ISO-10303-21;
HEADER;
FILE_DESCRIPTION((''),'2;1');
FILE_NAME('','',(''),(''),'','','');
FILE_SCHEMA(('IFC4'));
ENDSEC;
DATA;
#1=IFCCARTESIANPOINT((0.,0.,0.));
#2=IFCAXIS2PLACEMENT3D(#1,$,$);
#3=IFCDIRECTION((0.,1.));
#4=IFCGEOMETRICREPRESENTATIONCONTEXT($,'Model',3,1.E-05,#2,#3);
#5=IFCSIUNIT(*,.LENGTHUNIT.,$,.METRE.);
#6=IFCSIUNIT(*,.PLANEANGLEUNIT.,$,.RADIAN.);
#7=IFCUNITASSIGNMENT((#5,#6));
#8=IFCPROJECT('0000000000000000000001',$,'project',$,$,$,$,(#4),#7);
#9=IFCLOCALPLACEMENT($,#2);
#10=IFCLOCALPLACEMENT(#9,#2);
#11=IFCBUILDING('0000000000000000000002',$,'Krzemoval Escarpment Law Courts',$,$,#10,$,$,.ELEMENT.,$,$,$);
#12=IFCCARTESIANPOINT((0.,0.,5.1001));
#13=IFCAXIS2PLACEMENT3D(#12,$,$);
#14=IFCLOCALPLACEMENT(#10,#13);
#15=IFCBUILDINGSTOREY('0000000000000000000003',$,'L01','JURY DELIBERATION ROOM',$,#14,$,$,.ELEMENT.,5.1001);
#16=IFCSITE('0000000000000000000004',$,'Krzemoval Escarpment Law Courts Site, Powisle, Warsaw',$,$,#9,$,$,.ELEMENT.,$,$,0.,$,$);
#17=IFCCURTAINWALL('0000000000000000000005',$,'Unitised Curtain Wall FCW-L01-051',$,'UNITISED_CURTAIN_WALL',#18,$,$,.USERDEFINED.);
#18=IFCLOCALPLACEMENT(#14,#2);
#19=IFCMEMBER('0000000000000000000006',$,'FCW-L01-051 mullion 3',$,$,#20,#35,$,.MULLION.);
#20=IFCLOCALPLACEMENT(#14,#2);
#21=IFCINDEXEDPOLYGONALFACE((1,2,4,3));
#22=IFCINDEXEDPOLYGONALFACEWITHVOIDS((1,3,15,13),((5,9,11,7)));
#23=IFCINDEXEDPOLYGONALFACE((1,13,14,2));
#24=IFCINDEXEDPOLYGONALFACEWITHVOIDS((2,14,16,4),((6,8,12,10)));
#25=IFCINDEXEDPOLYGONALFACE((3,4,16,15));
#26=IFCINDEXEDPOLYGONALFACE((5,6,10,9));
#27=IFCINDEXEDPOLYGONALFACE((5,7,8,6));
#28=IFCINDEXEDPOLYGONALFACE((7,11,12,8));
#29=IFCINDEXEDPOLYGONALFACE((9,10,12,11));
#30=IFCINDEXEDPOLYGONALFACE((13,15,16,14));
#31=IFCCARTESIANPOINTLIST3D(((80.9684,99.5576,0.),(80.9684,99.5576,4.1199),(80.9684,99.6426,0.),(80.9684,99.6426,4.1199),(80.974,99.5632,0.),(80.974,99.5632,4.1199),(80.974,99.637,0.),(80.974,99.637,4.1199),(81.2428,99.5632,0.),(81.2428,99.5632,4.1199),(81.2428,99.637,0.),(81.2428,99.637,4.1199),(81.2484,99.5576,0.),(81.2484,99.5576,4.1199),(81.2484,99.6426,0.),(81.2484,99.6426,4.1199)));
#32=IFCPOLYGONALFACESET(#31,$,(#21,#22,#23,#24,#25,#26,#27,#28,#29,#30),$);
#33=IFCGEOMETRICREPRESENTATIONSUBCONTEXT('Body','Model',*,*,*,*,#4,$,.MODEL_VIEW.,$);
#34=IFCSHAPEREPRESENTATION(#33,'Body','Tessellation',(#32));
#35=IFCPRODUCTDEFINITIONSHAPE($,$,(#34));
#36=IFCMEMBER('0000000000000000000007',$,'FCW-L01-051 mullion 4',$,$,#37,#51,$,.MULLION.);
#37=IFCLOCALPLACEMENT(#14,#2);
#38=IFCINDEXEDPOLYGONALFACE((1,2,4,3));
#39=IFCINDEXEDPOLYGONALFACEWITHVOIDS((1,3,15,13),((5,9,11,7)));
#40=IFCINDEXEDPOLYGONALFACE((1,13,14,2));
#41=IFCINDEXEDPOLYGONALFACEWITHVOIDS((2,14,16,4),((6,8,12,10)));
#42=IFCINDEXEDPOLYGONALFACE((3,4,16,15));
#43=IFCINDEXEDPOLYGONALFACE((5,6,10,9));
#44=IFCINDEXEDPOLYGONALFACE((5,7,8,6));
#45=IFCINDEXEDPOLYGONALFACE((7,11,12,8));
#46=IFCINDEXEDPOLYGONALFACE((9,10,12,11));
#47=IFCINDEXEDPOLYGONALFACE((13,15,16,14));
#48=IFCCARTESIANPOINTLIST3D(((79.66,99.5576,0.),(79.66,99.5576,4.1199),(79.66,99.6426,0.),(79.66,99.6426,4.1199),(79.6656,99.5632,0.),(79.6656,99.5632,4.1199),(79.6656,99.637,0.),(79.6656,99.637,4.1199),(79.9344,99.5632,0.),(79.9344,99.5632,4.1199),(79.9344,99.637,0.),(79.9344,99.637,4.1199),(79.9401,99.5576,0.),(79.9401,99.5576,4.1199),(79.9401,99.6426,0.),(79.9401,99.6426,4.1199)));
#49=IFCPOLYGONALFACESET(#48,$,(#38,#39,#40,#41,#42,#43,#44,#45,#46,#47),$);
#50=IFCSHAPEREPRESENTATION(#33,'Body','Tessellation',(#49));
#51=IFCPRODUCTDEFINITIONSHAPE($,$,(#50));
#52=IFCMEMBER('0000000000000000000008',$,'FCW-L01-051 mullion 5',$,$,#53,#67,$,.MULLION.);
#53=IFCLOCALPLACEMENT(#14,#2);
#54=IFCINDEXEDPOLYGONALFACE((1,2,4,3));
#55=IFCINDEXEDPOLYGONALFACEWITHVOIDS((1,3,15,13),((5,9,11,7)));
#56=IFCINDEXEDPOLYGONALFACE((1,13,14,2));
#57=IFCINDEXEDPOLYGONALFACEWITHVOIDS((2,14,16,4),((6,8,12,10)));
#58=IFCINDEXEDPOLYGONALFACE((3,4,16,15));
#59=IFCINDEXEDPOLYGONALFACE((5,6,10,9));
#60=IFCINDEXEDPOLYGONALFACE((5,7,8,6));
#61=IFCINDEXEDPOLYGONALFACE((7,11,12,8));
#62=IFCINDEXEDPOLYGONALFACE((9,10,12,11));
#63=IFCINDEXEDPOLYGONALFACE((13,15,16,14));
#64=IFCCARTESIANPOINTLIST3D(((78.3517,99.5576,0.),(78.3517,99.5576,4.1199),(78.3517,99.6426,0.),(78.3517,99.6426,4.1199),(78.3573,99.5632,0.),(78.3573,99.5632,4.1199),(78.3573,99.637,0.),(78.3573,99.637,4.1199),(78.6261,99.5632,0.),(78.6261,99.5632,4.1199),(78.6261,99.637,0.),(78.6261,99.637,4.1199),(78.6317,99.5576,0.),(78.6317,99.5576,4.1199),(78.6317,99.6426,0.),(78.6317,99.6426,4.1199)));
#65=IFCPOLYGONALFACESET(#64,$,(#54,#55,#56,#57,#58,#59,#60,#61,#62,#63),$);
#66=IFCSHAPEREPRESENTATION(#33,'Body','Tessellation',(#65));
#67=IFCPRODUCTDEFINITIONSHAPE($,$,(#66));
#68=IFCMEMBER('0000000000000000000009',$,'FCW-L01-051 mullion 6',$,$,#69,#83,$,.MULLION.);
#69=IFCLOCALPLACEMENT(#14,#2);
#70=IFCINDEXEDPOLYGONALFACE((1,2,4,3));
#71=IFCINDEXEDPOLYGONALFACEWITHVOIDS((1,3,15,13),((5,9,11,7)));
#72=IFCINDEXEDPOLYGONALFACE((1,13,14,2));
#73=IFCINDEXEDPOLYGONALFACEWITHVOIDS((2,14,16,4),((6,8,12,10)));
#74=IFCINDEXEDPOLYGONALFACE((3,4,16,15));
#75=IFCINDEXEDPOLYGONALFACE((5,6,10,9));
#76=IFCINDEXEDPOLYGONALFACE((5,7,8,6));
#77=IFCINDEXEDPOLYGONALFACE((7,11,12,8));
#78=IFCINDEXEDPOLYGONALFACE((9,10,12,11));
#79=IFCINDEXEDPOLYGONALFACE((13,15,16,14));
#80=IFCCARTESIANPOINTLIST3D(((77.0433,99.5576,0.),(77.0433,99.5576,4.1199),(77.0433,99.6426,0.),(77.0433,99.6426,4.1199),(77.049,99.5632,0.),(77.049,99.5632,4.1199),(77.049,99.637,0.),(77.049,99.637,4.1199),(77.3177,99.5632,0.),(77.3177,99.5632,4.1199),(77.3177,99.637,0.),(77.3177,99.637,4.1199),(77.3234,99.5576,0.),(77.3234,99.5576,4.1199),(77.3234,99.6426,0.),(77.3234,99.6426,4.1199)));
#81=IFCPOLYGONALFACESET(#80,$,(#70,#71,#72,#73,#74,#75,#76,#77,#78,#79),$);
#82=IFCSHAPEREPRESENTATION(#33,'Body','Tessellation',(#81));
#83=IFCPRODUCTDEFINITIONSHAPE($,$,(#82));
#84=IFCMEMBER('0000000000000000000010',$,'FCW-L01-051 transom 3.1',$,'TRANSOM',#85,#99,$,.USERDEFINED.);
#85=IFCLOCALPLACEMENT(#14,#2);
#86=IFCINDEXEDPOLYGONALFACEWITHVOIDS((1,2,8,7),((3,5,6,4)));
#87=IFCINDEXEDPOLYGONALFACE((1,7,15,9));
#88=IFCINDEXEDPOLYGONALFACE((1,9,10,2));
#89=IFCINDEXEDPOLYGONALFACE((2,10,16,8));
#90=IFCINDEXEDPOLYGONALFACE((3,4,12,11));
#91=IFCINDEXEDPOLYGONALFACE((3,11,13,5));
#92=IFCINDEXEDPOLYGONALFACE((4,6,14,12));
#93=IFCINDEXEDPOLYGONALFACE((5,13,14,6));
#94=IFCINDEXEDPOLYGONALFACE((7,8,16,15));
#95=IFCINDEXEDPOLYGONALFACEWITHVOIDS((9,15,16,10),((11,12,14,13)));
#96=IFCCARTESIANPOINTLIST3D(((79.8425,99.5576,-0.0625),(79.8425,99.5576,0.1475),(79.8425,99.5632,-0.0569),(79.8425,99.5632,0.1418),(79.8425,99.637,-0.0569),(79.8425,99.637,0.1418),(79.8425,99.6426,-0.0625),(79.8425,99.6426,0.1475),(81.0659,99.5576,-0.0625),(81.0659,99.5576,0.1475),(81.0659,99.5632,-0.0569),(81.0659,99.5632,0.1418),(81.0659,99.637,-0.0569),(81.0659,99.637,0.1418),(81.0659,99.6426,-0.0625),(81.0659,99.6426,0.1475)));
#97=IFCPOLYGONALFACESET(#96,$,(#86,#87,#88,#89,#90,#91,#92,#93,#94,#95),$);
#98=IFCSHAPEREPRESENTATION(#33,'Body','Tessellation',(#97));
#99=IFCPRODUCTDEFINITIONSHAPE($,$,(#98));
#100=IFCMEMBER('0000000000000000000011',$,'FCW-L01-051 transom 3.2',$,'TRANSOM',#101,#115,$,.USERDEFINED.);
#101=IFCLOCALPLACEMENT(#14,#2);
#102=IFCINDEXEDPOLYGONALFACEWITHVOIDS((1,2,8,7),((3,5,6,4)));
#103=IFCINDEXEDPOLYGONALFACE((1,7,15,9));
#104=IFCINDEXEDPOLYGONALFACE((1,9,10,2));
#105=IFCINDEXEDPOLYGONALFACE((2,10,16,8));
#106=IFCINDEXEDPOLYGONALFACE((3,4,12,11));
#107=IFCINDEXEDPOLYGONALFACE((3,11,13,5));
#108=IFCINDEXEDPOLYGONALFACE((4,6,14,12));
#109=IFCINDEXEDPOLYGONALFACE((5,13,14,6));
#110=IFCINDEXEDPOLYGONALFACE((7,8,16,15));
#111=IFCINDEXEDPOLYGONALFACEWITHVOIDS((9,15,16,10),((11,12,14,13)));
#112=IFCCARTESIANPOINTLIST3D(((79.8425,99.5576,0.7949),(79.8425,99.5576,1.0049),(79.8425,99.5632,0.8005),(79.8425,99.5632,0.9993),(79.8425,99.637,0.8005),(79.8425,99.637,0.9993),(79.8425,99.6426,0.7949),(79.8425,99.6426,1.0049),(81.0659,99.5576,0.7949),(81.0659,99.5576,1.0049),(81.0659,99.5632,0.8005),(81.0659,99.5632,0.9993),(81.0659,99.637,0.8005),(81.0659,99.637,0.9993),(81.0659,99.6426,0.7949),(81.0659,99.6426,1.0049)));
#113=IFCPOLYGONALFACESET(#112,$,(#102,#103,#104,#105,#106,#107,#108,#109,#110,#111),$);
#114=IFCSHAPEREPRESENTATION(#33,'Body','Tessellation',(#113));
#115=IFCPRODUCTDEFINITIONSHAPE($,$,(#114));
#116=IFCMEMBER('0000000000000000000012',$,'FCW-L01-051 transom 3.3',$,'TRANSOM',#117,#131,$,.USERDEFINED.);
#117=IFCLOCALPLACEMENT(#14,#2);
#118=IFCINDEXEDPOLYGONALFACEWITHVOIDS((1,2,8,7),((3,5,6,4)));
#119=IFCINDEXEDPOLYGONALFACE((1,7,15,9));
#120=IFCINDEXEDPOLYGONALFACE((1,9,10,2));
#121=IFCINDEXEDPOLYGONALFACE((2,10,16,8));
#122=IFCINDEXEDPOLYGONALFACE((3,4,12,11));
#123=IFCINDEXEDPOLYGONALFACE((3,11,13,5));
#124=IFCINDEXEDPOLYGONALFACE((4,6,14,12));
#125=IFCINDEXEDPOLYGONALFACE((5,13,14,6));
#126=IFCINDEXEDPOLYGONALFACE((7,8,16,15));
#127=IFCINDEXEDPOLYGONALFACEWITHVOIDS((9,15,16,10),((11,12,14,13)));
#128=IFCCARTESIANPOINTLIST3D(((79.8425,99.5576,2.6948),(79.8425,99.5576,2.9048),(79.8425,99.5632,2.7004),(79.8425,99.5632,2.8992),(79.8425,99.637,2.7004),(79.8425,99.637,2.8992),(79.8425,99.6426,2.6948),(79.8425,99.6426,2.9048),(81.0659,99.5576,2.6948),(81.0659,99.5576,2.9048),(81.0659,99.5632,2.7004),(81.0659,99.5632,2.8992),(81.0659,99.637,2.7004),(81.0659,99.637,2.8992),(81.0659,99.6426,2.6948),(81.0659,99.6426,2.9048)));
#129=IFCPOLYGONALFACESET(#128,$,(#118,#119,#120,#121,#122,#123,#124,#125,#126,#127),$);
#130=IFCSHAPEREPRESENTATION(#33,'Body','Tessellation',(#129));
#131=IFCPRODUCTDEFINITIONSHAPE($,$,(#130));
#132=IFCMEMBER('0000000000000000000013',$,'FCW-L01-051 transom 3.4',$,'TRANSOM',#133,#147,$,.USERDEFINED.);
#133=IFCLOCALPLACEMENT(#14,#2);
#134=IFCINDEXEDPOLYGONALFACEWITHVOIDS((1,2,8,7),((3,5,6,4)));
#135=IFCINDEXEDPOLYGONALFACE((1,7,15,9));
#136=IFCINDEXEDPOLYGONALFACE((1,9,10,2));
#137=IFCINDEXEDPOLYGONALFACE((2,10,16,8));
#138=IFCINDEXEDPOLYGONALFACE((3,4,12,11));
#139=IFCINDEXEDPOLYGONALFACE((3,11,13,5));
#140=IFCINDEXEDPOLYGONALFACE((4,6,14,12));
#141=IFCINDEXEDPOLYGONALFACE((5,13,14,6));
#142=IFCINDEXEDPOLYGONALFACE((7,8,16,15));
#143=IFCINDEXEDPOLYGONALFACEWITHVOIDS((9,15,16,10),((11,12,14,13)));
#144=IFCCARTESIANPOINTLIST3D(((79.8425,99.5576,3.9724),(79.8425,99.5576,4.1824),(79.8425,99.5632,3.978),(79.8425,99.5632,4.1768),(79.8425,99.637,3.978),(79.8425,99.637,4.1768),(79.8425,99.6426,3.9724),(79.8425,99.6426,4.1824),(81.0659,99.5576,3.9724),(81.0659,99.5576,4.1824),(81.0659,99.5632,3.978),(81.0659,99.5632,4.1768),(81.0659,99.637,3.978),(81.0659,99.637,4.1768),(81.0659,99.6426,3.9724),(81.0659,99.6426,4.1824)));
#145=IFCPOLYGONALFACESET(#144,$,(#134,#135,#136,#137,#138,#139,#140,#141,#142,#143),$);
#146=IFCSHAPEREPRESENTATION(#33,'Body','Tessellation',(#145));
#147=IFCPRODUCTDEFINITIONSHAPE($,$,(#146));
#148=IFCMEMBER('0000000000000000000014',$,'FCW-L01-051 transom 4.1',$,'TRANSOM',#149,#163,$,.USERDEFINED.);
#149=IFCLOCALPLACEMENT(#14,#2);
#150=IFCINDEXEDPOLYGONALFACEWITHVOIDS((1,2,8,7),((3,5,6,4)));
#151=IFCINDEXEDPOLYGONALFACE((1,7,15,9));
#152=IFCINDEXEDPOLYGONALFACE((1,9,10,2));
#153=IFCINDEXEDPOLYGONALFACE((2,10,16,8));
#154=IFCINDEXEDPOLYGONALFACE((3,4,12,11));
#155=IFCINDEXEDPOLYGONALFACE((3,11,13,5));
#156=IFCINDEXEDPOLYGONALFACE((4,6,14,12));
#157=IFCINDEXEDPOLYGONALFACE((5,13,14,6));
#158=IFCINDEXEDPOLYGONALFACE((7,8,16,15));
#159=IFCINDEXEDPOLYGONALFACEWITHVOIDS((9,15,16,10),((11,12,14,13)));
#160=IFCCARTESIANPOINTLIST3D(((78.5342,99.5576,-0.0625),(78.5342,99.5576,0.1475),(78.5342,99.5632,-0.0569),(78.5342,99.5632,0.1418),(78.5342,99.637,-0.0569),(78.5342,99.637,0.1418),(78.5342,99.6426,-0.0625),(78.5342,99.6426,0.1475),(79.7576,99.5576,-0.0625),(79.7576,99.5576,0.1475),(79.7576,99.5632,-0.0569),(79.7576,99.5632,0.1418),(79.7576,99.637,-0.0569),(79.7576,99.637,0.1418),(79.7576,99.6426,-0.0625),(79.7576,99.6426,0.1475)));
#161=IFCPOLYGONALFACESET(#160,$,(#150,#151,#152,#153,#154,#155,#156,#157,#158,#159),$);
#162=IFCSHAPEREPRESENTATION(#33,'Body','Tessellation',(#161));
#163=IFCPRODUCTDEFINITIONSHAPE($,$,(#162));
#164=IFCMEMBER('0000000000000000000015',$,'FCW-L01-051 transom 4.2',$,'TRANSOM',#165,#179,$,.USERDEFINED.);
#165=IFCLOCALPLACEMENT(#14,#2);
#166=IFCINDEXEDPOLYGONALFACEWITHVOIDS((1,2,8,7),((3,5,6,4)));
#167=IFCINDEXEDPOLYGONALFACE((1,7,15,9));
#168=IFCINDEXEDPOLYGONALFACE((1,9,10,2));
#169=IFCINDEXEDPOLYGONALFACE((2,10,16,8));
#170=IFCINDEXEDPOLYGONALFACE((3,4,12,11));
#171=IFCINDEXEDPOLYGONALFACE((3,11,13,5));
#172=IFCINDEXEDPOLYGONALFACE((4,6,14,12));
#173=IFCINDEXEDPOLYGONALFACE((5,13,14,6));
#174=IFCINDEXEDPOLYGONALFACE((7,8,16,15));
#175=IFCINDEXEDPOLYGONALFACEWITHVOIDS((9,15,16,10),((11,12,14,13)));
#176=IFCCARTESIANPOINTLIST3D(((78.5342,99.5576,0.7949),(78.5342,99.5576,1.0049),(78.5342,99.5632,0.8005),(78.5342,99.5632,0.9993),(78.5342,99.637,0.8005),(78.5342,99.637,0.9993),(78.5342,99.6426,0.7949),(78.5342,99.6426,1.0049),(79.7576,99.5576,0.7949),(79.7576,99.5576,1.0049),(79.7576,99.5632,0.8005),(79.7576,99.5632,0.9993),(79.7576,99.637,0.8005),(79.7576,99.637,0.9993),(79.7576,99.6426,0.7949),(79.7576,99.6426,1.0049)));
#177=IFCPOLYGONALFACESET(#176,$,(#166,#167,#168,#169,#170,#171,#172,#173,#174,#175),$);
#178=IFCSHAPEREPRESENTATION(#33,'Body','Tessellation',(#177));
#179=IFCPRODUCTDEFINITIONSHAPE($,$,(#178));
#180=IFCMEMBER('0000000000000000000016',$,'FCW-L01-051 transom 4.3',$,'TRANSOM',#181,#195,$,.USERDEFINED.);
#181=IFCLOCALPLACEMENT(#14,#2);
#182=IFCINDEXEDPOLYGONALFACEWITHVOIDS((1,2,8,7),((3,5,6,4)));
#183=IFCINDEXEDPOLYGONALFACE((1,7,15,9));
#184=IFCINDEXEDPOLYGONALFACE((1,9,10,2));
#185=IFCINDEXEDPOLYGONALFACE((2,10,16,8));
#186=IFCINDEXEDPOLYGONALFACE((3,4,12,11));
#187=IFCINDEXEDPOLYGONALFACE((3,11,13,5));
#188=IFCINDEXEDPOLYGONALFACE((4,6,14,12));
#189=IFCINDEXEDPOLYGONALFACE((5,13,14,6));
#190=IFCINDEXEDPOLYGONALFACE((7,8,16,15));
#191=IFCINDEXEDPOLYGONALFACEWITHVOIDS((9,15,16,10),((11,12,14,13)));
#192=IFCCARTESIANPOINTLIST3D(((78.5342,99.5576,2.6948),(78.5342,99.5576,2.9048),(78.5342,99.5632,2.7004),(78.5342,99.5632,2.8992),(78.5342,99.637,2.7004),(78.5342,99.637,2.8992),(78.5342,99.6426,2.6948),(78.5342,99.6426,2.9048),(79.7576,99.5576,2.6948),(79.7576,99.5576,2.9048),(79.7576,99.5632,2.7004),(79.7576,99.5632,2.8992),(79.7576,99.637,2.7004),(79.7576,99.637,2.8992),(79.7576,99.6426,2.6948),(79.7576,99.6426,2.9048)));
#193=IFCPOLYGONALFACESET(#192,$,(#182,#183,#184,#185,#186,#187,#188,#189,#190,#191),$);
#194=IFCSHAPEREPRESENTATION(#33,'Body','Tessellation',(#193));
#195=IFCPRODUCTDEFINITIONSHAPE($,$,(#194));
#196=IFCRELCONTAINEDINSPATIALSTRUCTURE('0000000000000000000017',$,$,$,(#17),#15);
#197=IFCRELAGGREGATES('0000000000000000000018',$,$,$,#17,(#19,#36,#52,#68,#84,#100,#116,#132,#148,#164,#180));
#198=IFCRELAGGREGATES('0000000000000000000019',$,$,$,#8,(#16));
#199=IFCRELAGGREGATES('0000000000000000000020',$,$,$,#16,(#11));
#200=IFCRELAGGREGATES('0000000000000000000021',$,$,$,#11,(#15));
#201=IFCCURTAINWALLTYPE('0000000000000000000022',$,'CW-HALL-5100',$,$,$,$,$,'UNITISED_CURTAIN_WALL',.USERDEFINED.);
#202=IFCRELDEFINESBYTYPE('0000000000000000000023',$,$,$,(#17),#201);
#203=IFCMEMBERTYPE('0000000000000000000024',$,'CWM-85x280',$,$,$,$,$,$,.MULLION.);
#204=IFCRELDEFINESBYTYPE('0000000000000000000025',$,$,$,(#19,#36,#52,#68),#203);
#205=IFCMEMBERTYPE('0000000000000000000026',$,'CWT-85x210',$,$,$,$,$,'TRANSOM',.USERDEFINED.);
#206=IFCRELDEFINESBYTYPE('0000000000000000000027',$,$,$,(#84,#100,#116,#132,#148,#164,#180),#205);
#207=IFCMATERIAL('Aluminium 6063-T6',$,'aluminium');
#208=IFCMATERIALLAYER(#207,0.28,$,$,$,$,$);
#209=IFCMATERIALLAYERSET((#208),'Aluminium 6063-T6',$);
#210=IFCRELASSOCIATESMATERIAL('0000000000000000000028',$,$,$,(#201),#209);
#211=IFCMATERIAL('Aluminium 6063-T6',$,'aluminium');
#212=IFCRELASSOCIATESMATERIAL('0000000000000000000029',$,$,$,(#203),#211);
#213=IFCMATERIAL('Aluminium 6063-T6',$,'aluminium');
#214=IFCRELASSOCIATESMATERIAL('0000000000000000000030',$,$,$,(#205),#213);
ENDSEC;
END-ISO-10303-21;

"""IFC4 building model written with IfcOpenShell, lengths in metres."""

from ifc_helpers import new_model, si_unit, direction, frame, origin, origin_2d, place, context, subcontext, project, spatial, hollow_rectangle, extrude, material, layer, layer_set, material_profile, profile_set, type_object, element, aggregate, save


model = new_model("IFC4")

# Units and contexts
model_context = context("Model", 3, precision=1e-05, world=origin(), true_north=direction((0.0, 1.0)))
body_context = subcontext(model_context, "Body", "Model", "MODEL_VIEW")
ifc_project = project(units=[si_unit("LENGTHUNIT", "METRE"), si_unit("PLANEANGLEUNIT", "RADIAN")], contexts=[model_context])

# Site, building, storey
site_placement = place(None, origin())
site = spatial("IfcSite", under=ifc_project, at=site_placement, Name="Krzemoval Escarpment Law Courts Site, Powisle, Warsaw", CompositionType="ELEMENT", RefElevation=0.0)
building_placement = place(site_placement, origin())
building = spatial("IfcBuilding", under=site, at=building_placement, Name="Krzemoval Escarpment Law Courts", CompositionType="ELEMENT")
storey_placement = place(building_placement, frame((0.0, 0.0, 5.1001)))
storey = spatial("IfcBuildingStorey", under=building, at=storey_placement, Name="L01", Description="JURY DELIBERATION ROOM", CompositionType="ELEMENT", Elevation=5.1001)

# Curtain wall, members
ifc_material_1 = material(Name="Aluminium 6063-T6", Category="aluminium")
ifc_layer_1 = layer(ifc_material_1, 0.28)
ifc_layer_set_1 = layer_set([ifc_layer_1], Name="Aluminium 6063-T6")
curtain_wall_type = type_object("IfcCurtainWallType", Name="CW-HALL-5100", ElementType="UNITISED_CURTAIN_WALL", PredefinedType="USERDEFINED", material=ifc_layer_set_1)
curtain_wall_placement = place(storey_placement, origin())
curtain_wall = element("IfcCurtainWall", 1, at=curtain_wall_placement, inside=storey, type_object=curtain_wall_type, Name="Unitised Curtain Wall FCW-L01-051", ObjectType="UNITISED_CURTAIN_WALL", PredefinedType="USERDEFINED")
ifc_material_2 = material(Name="Aluminium 6063-T6", Category="aluminium")
ifc_material_profile_1 = material_profile(ifc_material_2, hollow_rectangle(XDim=0.085, YDim=0.28, WallThickness=0.0056, at=origin_2d()), Name="ALU M85x280")
ifc_profile_set_1 = profile_set([ifc_material_profile_1], Name="Aluminium 6063-T6")
member_type_1 = type_object("IfcMemberType", Name="CWM-85x280", PredefinedType="MULLION", material=ifc_profile_set_1)
member_1_placement = place(storey_placement, frame((81.1084, 99.6001, 0.0), z_axis=(0.0, 0.0, 1.0), x_axis=(0.0, -1.0, 0.0)))
member_1 = element("IfcMember", 2, at=member_1_placement, type_object=member_type_1, Name="FCW-L01-051 mullion 3", PredefinedType="MULLION", context=body_context, shape_type="SweptSolid", body=[
    extrude(hollow_rectangle(XDim=0.085, YDim=0.28, WallThickness=0.0056, at=origin_2d()), origin(), (0.0, 0.0, 1.0), 4.1199),
])
member_2_placement = place(storey_placement, frame((79.8, 99.6001, 0.0), z_axis=(0.0, 0.0, 1.0), x_axis=(0.0, -1.0, 0.0)))
member_2 = element("IfcMember", 3, at=member_2_placement, type_object=member_type_1, Name="FCW-L01-051 mullion 4", PredefinedType="MULLION", context=body_context, shape_type="SweptSolid", body=[
    extrude(hollow_rectangle(XDim=0.085, YDim=0.28, WallThickness=0.0056, at=origin_2d()), origin(), (0.0, 0.0, 1.0), 4.1199),
])
member_3_placement = place(storey_placement, frame((78.4917, 99.6001, 0.0), z_axis=(0.0, 0.0, 1.0), x_axis=(0.0, -1.0, 0.0)))
member_3 = element("IfcMember", 4, at=member_3_placement, type_object=member_type_1, Name="FCW-L01-051 mullion 5", PredefinedType="MULLION", context=body_context, shape_type="SweptSolid", body=[
    extrude(hollow_rectangle(XDim=0.085, YDim=0.28, WallThickness=0.0056, at=origin_2d()), origin(), (0.0, 0.0, 1.0), 4.1199),
])
member_4_placement = place(storey_placement, frame((77.1833, 99.6001, 0.0), z_axis=(0.0, 0.0, 1.0), x_axis=(0.0, -1.0, 0.0)))
member_4 = element("IfcMember", 5, at=member_4_placement, type_object=member_type_1, Name="FCW-L01-051 mullion 6", PredefinedType="MULLION", context=body_context, shape_type="SweptSolid", body=[
    extrude(hollow_rectangle(XDim=0.085, YDim=0.28, WallThickness=0.0056, at=origin_2d()), origin(), (0.0, 0.0, 1.0), 4.1199),
])
ifc_material_3 = material(Name="Aluminium 6063-T6", Category="aluminium")
ifc_material_profile_2 = material_profile(ifc_material_3, hollow_rectangle(XDim=0.085, YDim=0.21, WallThickness=0.0056, at=origin_2d()), Name="ALU T85x210")
ifc_profile_set_2 = profile_set([ifc_material_profile_2], Name="Aluminium 6063-T6")
member_type_2 = type_object("IfcMemberType", Name="CWT-85x210", ElementType="TRANSOM", PredefinedType="USERDEFINED", material=ifc_profile_set_2)
member_5_placement = place(storey_placement, frame((81.0659, 99.6001, 0.0425), z_axis=(-1.0, 0.0, 0.0), x_axis=(0.0, -1.0, 0.0)))
member_5 = element("IfcMember", 6, at=member_5_placement, type_object=member_type_2, Name="FCW-L01-051 transom 3.1", ObjectType="TRANSOM", PredefinedType="USERDEFINED", context=body_context, shape_type="SweptSolid", body=[
    extrude(hollow_rectangle(XDim=0.085, YDim=0.21, WallThickness=0.0056, at=origin_2d()), origin(), (0.0, 0.0, 1.0), 1.2234),
])
member_6_placement = place(storey_placement, frame((81.0659, 99.6001, 0.8999), z_axis=(-1.0, 0.0, 0.0), x_axis=(0.0, -1.0, 0.0)))
member_6 = element("IfcMember", 7, at=member_6_placement, type_object=member_type_2, Name="FCW-L01-051 transom 3.2", ObjectType="TRANSOM", PredefinedType="USERDEFINED", context=body_context, shape_type="SweptSolid", body=[
    extrude(hollow_rectangle(XDim=0.085, YDim=0.21, WallThickness=0.0056, at=origin_2d()), origin(), (0.0, 0.0, 1.0), 1.2234),
])
member_7_placement = place(storey_placement, frame((81.0659, 99.6001, 2.7998), z_axis=(-1.0, 0.0, 0.0), x_axis=(0.0, -1.0, 0.0)))
member_7 = element("IfcMember", 8, at=member_7_placement, type_object=member_type_2, Name="FCW-L01-051 transom 3.3", ObjectType="TRANSOM", PredefinedType="USERDEFINED", context=body_context, shape_type="SweptSolid", body=[
    extrude(hollow_rectangle(XDim=0.085, YDim=0.21, WallThickness=0.0056, at=origin_2d()), origin(), (0.0, 0.0, 1.0), 1.2234),
])
member_8_placement = place(storey_placement, frame((81.0659, 99.6001, 4.0774), z_axis=(-1.0, 0.0, 0.0), x_axis=(0.0, -1.0, 0.0)))
member_8 = element("IfcMember", 9, at=member_8_placement, type_object=member_type_2, Name="FCW-L01-051 transom 3.4", ObjectType="TRANSOM", PredefinedType="USERDEFINED", context=body_context, shape_type="SweptSolid", body=[
    extrude(hollow_rectangle(XDim=0.085, YDim=0.21, WallThickness=0.0056, at=origin_2d()), origin(), (0.0, 0.0, 1.0), 1.2234),
])
member_9_placement = place(storey_placement, frame((79.7576, 99.6001, 0.0425), z_axis=(-1.0, 0.0, 0.0), x_axis=(0.0, -1.0, 0.0)))
member_9 = element("IfcMember", 10, at=member_9_placement, type_object=member_type_2, Name="FCW-L01-051 transom 4.1", ObjectType="TRANSOM", PredefinedType="USERDEFINED", context=body_context, shape_type="SweptSolid", body=[
    extrude(hollow_rectangle(XDim=0.085, YDim=0.21, WallThickness=0.0056, at=origin_2d()), origin(), (0.0, 0.0, 1.0), 1.2234),
])
member_10_placement = place(storey_placement, frame((79.7576, 99.6001, 0.8999), z_axis=(-1.0, 0.0, 0.0), x_axis=(0.0, -1.0, 0.0)))
member_10 = element("IfcMember", 11, at=member_10_placement, type_object=member_type_2, Name="FCW-L01-051 transom 4.2", ObjectType="TRANSOM", PredefinedType="USERDEFINED", context=body_context, shape_type="SweptSolid", body=[
    extrude(hollow_rectangle(XDim=0.085, YDim=0.21, WallThickness=0.0056, at=origin_2d()), origin(), (0.0, 0.0, 1.0), 1.2234),
])
member_11_placement = place(storey_placement, frame((79.7576, 99.6001, 2.7998), z_axis=(-1.0, 0.0, 0.0), x_axis=(0.0, -1.0, 0.0)))
member_11 = element("IfcMember", 12, at=member_11_placement, type_object=member_type_2, Name="FCW-L01-051 transom 4.3", ObjectType="TRANSOM", PredefinedType="USERDEFINED", context=body_context, shape_type="SweptSolid", body=[
    extrude(hollow_rectangle(XDim=0.085, YDim=0.21, WallThickness=0.0056, at=origin_2d()), origin(), (0.0, 0.0, 1.0), 1.2234),
])
aggregate(curtain_wall, [member_1, member_2, member_3, member_4, member_5, member_6, member_7, member_8, member_9, member_10, member_11])

save(model, "model.ifc")
